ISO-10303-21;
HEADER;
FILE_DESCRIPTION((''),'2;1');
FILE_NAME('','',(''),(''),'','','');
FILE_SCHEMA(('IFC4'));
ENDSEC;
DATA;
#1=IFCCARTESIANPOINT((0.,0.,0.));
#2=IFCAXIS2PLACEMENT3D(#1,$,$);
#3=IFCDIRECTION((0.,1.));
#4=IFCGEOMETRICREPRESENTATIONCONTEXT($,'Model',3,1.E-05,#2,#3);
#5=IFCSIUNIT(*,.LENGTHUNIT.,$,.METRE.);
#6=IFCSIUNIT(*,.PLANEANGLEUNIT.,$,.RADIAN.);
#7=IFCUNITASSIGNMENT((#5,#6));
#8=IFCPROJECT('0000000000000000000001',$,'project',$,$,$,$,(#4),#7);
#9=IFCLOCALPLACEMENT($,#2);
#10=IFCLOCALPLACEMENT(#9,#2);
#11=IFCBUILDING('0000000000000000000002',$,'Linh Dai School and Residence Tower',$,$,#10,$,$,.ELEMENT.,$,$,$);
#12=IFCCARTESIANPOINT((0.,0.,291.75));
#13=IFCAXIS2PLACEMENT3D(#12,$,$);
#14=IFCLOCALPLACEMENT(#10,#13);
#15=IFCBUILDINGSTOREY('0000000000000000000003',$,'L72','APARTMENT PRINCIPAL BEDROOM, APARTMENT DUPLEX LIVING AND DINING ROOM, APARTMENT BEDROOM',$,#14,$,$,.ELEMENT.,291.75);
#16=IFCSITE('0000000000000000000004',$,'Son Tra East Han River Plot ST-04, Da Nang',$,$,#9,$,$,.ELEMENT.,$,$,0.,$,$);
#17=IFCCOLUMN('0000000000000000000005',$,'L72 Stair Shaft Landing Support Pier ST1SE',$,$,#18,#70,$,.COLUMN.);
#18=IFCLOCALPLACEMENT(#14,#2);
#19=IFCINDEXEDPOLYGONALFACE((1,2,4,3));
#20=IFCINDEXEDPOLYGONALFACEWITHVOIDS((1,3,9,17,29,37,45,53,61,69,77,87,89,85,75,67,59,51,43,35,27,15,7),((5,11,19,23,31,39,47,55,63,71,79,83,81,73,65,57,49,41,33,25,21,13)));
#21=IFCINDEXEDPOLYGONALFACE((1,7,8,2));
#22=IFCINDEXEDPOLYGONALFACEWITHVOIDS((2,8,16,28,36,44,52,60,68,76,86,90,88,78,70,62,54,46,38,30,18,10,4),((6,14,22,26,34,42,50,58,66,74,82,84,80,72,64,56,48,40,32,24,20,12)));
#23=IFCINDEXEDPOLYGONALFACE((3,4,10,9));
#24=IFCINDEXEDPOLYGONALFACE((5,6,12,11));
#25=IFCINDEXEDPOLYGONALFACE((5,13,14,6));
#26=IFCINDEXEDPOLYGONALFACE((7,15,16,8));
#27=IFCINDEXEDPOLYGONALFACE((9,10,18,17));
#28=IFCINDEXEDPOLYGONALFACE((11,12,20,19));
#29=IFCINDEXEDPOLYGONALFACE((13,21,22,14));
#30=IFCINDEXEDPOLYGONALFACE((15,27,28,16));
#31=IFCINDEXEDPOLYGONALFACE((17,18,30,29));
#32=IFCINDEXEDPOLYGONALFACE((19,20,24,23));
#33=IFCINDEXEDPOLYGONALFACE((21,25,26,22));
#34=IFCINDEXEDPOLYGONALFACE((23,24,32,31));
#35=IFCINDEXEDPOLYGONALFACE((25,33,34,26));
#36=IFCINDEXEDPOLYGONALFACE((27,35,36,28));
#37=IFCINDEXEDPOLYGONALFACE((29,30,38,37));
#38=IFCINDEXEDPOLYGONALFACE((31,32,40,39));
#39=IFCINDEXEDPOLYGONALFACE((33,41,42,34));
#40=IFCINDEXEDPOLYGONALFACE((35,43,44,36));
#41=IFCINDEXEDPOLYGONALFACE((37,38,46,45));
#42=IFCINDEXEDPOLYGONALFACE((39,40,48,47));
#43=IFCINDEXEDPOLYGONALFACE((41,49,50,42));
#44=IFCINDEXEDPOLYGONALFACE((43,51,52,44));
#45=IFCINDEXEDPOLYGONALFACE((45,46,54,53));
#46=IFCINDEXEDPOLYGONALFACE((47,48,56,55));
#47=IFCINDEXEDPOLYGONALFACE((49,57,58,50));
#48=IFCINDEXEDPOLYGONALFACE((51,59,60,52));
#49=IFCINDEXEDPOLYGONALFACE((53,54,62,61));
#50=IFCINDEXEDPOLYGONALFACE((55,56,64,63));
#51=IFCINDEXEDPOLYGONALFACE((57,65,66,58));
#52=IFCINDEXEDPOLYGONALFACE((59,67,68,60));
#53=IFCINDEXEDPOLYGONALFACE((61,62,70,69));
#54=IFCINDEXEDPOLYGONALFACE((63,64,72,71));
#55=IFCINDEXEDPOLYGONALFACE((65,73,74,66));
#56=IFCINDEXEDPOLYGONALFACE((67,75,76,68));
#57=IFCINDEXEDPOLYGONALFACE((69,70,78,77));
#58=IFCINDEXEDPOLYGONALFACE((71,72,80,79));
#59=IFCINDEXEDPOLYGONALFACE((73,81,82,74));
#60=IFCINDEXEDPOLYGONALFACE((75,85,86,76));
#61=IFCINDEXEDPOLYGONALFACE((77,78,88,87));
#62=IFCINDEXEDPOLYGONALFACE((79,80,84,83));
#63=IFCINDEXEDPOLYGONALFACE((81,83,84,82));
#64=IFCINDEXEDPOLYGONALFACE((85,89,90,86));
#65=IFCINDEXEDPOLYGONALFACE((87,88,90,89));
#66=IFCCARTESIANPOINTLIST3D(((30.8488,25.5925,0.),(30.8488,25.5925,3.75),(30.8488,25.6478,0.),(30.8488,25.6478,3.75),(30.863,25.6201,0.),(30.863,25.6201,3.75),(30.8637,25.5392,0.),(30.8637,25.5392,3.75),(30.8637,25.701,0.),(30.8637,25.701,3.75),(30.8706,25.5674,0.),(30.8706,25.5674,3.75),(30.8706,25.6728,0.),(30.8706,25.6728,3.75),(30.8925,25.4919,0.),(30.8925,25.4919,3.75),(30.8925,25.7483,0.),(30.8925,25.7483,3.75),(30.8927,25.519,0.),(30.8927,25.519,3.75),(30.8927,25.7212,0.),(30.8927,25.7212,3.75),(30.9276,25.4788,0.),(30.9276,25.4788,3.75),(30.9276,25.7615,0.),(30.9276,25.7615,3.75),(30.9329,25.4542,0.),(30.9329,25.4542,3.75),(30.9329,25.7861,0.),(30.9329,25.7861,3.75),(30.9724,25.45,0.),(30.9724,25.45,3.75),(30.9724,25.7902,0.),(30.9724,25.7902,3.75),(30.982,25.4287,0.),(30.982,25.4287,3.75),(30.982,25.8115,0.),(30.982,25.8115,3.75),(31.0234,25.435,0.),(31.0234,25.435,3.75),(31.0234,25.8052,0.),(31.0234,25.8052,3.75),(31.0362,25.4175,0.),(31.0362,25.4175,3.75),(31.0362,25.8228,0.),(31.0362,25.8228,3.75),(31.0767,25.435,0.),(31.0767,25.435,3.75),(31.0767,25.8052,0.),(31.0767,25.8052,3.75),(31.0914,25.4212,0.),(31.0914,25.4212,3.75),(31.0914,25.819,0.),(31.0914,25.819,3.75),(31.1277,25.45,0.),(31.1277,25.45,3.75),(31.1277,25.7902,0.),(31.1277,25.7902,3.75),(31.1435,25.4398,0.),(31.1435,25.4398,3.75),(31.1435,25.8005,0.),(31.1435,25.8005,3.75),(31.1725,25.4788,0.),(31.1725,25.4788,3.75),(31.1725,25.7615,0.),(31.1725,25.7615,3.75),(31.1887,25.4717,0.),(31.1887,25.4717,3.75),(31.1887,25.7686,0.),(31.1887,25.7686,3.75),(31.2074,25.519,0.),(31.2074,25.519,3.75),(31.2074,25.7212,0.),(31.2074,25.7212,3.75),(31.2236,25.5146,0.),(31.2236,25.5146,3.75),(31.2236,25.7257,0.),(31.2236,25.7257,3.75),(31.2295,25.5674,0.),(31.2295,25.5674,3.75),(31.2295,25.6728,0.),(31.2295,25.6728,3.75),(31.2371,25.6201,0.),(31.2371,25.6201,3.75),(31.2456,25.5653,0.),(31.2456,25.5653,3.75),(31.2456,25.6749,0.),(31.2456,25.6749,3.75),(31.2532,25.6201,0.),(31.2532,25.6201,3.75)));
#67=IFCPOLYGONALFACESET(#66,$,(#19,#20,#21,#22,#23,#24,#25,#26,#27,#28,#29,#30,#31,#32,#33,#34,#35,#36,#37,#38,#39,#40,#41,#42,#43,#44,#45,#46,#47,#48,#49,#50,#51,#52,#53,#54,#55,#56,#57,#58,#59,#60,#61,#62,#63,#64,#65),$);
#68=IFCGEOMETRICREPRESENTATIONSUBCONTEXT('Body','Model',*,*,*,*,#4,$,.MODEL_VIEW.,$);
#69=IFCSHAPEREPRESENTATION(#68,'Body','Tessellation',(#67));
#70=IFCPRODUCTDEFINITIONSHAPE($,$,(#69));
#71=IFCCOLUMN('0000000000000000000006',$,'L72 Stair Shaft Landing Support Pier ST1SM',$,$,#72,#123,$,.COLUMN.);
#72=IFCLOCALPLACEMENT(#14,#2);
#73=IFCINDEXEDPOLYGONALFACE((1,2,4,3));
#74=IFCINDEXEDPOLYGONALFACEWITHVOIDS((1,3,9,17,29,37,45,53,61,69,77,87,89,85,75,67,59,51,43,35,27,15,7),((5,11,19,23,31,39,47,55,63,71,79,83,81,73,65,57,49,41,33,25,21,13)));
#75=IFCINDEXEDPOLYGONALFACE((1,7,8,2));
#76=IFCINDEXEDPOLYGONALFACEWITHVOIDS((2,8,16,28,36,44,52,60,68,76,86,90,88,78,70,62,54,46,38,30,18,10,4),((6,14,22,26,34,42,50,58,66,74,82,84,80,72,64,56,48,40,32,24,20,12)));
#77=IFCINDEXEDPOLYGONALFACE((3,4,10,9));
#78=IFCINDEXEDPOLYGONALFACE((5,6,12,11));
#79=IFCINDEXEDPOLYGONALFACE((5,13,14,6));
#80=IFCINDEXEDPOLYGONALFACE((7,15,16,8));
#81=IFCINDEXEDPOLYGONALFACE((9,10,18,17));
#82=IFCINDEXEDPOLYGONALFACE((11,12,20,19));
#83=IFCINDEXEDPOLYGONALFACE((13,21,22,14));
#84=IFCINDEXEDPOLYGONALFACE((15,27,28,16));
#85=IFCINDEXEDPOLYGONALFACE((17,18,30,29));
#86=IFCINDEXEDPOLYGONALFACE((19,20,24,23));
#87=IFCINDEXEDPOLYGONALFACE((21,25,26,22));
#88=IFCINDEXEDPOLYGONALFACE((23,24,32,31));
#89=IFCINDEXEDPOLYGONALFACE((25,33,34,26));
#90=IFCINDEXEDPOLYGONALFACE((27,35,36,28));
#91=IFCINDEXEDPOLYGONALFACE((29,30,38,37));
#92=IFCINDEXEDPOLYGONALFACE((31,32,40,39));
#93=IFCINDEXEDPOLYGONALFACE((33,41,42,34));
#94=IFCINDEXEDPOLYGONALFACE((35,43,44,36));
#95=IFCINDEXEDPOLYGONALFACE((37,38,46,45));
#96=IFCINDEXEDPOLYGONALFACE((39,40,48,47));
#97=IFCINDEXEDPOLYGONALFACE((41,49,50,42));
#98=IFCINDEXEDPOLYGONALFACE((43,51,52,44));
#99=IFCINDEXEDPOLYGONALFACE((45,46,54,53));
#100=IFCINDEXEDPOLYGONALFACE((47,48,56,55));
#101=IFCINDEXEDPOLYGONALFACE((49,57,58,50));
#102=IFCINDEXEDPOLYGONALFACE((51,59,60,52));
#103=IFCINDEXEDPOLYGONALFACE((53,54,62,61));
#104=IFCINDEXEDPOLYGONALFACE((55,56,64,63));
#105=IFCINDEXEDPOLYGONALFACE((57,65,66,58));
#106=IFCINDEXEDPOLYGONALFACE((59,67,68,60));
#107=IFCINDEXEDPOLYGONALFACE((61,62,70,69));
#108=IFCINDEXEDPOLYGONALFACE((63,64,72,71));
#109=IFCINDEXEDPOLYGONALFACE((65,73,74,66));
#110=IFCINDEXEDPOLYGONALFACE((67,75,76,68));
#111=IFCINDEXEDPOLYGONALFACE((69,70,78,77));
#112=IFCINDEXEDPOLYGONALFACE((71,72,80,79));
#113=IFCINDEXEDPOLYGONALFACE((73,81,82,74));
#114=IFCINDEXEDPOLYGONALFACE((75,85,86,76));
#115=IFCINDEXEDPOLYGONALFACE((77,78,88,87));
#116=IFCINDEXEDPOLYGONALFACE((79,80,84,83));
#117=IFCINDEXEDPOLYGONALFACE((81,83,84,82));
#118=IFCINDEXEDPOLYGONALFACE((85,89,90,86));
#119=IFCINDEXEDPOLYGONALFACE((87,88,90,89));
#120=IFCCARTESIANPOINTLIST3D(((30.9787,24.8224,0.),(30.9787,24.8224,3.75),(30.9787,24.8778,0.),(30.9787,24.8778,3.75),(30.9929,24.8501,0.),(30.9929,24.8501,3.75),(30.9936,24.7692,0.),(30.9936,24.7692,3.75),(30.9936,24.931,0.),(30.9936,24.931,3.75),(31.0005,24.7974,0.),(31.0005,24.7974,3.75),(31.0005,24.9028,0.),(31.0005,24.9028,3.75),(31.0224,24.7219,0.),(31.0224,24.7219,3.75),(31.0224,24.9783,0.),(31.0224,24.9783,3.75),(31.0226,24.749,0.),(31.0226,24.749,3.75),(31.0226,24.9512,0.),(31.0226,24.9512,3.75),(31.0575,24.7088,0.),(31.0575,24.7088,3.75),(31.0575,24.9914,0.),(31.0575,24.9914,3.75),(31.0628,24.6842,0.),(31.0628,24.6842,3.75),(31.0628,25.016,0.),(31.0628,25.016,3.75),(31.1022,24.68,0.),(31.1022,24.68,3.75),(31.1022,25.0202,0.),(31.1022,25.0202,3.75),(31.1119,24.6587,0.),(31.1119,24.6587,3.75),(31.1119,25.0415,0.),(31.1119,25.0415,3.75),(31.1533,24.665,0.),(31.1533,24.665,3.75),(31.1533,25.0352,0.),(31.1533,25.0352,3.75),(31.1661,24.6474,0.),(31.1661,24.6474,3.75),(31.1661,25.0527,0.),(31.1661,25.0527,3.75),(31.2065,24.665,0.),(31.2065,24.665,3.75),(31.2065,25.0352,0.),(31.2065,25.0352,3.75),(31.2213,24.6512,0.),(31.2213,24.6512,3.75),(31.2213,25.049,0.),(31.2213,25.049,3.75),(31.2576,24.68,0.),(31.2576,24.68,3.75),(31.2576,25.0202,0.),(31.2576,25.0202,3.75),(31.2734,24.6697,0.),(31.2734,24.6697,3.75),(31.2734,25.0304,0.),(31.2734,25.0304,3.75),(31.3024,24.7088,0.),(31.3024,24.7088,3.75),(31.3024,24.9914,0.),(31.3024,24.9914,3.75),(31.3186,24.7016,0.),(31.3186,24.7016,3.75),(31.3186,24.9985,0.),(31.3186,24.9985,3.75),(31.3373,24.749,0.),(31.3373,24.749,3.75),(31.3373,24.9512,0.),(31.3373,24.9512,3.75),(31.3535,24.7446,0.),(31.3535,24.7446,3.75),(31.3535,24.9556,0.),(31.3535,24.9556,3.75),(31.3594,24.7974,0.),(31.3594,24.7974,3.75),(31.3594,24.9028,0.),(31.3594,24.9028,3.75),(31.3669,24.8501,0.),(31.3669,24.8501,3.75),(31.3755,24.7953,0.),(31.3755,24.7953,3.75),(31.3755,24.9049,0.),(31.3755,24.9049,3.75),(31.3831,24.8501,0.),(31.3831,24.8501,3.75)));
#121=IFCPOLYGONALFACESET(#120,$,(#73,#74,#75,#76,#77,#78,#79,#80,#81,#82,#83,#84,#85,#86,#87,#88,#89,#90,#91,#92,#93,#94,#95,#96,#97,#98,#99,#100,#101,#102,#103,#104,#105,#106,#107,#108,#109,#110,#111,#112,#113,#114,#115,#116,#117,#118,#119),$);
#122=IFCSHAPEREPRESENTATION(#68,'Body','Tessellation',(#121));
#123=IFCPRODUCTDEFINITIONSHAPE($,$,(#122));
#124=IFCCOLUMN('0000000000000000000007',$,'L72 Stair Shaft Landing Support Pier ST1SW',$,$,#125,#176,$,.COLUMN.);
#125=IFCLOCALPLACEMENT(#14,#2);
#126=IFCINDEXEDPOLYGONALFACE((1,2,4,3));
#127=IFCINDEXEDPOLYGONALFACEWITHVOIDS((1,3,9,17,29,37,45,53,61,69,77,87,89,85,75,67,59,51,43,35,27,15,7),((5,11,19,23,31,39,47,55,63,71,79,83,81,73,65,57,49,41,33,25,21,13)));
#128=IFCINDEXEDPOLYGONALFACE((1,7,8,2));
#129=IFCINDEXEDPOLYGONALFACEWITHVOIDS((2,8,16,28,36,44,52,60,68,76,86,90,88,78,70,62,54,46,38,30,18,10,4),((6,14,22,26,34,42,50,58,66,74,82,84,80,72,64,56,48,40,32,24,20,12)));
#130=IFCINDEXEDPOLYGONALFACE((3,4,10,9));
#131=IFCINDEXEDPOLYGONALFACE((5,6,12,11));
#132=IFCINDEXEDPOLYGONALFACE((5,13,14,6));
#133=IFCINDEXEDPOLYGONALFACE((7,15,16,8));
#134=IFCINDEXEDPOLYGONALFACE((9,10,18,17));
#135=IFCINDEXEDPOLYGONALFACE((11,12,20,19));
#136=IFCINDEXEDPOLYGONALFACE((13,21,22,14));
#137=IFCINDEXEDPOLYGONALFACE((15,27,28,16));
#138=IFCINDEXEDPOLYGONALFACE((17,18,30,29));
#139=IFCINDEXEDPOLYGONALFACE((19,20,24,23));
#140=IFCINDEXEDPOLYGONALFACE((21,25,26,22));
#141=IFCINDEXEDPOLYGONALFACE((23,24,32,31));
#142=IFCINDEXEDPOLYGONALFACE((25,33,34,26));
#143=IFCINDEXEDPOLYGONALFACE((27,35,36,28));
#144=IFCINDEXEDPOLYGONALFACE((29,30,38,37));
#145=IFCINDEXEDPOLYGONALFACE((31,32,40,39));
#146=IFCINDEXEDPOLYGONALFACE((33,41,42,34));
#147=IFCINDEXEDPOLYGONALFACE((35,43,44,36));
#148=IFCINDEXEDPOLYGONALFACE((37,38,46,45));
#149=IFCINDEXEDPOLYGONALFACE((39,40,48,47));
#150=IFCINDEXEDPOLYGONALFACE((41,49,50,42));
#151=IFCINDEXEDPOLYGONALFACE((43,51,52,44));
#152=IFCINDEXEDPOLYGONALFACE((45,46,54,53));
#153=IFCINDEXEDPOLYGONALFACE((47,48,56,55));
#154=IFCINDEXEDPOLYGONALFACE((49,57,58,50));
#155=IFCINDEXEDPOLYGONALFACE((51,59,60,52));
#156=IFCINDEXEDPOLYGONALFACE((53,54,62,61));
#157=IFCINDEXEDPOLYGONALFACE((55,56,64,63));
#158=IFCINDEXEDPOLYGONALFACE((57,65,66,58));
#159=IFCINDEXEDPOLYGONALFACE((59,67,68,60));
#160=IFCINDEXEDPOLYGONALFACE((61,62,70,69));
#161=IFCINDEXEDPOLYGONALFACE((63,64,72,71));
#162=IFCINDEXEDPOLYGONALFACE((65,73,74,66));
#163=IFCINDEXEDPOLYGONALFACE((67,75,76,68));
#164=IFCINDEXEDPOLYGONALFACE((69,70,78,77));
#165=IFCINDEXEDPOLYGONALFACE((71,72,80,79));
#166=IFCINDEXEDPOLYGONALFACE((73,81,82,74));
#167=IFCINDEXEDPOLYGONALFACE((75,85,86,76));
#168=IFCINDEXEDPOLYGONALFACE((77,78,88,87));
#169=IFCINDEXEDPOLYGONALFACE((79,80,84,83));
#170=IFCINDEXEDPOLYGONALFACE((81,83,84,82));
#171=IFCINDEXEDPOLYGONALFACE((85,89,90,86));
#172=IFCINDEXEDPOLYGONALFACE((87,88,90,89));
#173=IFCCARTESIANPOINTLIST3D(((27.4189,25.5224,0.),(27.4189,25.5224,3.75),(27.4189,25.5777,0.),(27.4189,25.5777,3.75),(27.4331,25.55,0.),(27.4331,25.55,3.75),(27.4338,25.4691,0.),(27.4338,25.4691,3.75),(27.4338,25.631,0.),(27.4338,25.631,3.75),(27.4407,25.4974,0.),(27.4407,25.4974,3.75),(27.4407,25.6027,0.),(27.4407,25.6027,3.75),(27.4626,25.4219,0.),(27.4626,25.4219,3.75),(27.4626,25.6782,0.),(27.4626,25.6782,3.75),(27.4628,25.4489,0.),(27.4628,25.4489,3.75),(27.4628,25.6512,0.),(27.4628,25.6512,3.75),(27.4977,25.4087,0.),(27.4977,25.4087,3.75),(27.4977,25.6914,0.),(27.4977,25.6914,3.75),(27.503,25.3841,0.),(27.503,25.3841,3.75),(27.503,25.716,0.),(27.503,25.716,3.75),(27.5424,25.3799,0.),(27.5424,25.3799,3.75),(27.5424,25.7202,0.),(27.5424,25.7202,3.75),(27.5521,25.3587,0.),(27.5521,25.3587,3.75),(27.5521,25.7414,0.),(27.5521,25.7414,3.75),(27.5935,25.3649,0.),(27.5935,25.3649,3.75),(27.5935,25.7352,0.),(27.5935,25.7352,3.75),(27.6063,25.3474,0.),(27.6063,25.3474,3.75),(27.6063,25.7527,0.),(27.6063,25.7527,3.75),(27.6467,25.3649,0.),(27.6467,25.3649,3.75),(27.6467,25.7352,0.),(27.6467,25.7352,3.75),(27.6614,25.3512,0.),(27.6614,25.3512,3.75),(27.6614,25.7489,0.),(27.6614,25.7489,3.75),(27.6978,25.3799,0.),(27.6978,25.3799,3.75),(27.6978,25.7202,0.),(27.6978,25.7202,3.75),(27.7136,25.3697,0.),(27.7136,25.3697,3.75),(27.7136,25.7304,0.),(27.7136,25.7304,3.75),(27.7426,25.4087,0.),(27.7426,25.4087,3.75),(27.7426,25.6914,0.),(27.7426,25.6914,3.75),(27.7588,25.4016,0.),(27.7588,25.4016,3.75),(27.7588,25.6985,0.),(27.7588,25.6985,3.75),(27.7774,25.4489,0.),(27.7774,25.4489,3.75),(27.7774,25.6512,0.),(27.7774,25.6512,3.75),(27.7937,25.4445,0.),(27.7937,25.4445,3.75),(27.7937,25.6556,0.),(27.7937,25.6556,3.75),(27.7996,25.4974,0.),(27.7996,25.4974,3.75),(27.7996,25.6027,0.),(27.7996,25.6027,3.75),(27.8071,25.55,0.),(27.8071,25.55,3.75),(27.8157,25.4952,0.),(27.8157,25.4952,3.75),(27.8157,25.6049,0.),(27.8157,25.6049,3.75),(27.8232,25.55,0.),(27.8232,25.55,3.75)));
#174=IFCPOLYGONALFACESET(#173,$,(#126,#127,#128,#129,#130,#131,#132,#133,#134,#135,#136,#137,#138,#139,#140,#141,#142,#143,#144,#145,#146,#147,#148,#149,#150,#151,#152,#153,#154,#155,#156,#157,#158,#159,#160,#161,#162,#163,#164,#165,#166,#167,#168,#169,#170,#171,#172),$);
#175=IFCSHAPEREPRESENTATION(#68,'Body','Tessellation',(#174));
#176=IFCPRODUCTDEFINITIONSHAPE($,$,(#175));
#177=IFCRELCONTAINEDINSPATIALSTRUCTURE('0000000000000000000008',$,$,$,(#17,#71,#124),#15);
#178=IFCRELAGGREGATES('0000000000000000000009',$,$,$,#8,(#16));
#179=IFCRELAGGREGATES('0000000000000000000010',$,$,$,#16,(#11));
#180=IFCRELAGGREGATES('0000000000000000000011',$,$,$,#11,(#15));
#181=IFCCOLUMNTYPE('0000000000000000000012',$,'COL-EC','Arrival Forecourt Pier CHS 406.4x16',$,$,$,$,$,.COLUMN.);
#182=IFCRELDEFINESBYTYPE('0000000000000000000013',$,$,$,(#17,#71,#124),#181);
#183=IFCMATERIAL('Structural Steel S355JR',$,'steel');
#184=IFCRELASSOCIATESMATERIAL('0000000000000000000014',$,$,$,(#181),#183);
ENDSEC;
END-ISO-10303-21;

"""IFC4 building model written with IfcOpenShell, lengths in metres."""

from ifc_helpers import new_model, si_unit, direction, frame, origin, origin_2d, place, context, subcontext, project, spatial, hollow_circle, extrude, material, material_profile, profile_set, type_object, element, save


model = new_model("IFC4")

# Units and contexts
model_context = context("Model", 3, precision=1e-05, world=origin(), true_north=direction((0.0, 1.0)))
body_context = subcontext(model_context, "Body", "Model", "MODEL_VIEW")
ifc_project = project(units=[si_unit("LENGTHUNIT", "METRE"), si_unit("PLANEANGLEUNIT", "RADIAN")], contexts=[model_context])

# Site, building, storey
site_placement = place(None, origin())
site = spatial("IfcSite", under=ifc_project, at=site_placement, Name="Son Tra East Han River Plot ST-04, Da Nang", CompositionType="ELEMENT", RefElevation=0.0)
building_placement = place(site_placement, origin())
building = spatial("IfcBuilding", under=site, at=building_placement, Name="Linh Dai School and Residence Tower", CompositionType="ELEMENT")
storey_placement = place(building_placement, frame((0.0, 0.0, 291.75)))
storey = spatial("IfcBuildingStorey", under=building, at=storey_placement, Name="L72", Description="APARTMENT PRINCIPAL BEDROOM, APARTMENT DUPLEX LIVING AND DINING ROOM, APARTMENT BEDROOM", CompositionType="ELEMENT", Elevation=291.75)

# Columns
ifc_material_1 = material(Name="Structural Steel S355JR", Category="steel")
ifc_material_profile_1 = material_profile(ifc_material_1, hollow_circle(Radius=0.2031, WallThickness=0.0161, at=origin_2d()), Name="CHS 406.4x16")
ifc_profile_set_1 = profile_set([ifc_material_profile_1], Name="Structural Steel S355JR")
column_type = type_object("IfcColumnType", Name="COL-EC", Description="Arrival Forecourt Pier CHS 406.4x16", PredefinedType="COLUMN", material=ifc_profile_set_1)
for number, where, z_axis, x_axis, name in (
    (1, (31.05, 25.6201, 0.0), (0.0, 0.0, 1.0), (1.0, 0.0, 0.0), "L72 Stair Shaft Landing Support Pier ST1SE"),
    (2, (31.1799, 24.8501, 0.0), (0.0, 0.0, 1.0), (1.0, 0.0, 0.0), "L72 Stair Shaft Landing Support Pier ST1SM"),
    (3, (27.6201, 25.55, 0.0), (0.0, 0.0, 1.0), (1.0, 0.0, 0.0), "L72 Stair Shaft Landing Support Pier ST1SW"),
):
    element("IfcColumn", number, at=place(storey_placement, frame(where, z_axis=z_axis, x_axis=x_axis)), inside=storey, type_object=column_type, Name=name, PredefinedType="COLUMN", context=body_context, shape_type="SweptSolid", body=[
        extrude(hollow_circle(Radius=0.2031, WallThickness=0.0161, at=origin_2d()), origin(), (0.0, 0.0, 1.0), 3.75),
    ])

save(model, "model.ifc")
